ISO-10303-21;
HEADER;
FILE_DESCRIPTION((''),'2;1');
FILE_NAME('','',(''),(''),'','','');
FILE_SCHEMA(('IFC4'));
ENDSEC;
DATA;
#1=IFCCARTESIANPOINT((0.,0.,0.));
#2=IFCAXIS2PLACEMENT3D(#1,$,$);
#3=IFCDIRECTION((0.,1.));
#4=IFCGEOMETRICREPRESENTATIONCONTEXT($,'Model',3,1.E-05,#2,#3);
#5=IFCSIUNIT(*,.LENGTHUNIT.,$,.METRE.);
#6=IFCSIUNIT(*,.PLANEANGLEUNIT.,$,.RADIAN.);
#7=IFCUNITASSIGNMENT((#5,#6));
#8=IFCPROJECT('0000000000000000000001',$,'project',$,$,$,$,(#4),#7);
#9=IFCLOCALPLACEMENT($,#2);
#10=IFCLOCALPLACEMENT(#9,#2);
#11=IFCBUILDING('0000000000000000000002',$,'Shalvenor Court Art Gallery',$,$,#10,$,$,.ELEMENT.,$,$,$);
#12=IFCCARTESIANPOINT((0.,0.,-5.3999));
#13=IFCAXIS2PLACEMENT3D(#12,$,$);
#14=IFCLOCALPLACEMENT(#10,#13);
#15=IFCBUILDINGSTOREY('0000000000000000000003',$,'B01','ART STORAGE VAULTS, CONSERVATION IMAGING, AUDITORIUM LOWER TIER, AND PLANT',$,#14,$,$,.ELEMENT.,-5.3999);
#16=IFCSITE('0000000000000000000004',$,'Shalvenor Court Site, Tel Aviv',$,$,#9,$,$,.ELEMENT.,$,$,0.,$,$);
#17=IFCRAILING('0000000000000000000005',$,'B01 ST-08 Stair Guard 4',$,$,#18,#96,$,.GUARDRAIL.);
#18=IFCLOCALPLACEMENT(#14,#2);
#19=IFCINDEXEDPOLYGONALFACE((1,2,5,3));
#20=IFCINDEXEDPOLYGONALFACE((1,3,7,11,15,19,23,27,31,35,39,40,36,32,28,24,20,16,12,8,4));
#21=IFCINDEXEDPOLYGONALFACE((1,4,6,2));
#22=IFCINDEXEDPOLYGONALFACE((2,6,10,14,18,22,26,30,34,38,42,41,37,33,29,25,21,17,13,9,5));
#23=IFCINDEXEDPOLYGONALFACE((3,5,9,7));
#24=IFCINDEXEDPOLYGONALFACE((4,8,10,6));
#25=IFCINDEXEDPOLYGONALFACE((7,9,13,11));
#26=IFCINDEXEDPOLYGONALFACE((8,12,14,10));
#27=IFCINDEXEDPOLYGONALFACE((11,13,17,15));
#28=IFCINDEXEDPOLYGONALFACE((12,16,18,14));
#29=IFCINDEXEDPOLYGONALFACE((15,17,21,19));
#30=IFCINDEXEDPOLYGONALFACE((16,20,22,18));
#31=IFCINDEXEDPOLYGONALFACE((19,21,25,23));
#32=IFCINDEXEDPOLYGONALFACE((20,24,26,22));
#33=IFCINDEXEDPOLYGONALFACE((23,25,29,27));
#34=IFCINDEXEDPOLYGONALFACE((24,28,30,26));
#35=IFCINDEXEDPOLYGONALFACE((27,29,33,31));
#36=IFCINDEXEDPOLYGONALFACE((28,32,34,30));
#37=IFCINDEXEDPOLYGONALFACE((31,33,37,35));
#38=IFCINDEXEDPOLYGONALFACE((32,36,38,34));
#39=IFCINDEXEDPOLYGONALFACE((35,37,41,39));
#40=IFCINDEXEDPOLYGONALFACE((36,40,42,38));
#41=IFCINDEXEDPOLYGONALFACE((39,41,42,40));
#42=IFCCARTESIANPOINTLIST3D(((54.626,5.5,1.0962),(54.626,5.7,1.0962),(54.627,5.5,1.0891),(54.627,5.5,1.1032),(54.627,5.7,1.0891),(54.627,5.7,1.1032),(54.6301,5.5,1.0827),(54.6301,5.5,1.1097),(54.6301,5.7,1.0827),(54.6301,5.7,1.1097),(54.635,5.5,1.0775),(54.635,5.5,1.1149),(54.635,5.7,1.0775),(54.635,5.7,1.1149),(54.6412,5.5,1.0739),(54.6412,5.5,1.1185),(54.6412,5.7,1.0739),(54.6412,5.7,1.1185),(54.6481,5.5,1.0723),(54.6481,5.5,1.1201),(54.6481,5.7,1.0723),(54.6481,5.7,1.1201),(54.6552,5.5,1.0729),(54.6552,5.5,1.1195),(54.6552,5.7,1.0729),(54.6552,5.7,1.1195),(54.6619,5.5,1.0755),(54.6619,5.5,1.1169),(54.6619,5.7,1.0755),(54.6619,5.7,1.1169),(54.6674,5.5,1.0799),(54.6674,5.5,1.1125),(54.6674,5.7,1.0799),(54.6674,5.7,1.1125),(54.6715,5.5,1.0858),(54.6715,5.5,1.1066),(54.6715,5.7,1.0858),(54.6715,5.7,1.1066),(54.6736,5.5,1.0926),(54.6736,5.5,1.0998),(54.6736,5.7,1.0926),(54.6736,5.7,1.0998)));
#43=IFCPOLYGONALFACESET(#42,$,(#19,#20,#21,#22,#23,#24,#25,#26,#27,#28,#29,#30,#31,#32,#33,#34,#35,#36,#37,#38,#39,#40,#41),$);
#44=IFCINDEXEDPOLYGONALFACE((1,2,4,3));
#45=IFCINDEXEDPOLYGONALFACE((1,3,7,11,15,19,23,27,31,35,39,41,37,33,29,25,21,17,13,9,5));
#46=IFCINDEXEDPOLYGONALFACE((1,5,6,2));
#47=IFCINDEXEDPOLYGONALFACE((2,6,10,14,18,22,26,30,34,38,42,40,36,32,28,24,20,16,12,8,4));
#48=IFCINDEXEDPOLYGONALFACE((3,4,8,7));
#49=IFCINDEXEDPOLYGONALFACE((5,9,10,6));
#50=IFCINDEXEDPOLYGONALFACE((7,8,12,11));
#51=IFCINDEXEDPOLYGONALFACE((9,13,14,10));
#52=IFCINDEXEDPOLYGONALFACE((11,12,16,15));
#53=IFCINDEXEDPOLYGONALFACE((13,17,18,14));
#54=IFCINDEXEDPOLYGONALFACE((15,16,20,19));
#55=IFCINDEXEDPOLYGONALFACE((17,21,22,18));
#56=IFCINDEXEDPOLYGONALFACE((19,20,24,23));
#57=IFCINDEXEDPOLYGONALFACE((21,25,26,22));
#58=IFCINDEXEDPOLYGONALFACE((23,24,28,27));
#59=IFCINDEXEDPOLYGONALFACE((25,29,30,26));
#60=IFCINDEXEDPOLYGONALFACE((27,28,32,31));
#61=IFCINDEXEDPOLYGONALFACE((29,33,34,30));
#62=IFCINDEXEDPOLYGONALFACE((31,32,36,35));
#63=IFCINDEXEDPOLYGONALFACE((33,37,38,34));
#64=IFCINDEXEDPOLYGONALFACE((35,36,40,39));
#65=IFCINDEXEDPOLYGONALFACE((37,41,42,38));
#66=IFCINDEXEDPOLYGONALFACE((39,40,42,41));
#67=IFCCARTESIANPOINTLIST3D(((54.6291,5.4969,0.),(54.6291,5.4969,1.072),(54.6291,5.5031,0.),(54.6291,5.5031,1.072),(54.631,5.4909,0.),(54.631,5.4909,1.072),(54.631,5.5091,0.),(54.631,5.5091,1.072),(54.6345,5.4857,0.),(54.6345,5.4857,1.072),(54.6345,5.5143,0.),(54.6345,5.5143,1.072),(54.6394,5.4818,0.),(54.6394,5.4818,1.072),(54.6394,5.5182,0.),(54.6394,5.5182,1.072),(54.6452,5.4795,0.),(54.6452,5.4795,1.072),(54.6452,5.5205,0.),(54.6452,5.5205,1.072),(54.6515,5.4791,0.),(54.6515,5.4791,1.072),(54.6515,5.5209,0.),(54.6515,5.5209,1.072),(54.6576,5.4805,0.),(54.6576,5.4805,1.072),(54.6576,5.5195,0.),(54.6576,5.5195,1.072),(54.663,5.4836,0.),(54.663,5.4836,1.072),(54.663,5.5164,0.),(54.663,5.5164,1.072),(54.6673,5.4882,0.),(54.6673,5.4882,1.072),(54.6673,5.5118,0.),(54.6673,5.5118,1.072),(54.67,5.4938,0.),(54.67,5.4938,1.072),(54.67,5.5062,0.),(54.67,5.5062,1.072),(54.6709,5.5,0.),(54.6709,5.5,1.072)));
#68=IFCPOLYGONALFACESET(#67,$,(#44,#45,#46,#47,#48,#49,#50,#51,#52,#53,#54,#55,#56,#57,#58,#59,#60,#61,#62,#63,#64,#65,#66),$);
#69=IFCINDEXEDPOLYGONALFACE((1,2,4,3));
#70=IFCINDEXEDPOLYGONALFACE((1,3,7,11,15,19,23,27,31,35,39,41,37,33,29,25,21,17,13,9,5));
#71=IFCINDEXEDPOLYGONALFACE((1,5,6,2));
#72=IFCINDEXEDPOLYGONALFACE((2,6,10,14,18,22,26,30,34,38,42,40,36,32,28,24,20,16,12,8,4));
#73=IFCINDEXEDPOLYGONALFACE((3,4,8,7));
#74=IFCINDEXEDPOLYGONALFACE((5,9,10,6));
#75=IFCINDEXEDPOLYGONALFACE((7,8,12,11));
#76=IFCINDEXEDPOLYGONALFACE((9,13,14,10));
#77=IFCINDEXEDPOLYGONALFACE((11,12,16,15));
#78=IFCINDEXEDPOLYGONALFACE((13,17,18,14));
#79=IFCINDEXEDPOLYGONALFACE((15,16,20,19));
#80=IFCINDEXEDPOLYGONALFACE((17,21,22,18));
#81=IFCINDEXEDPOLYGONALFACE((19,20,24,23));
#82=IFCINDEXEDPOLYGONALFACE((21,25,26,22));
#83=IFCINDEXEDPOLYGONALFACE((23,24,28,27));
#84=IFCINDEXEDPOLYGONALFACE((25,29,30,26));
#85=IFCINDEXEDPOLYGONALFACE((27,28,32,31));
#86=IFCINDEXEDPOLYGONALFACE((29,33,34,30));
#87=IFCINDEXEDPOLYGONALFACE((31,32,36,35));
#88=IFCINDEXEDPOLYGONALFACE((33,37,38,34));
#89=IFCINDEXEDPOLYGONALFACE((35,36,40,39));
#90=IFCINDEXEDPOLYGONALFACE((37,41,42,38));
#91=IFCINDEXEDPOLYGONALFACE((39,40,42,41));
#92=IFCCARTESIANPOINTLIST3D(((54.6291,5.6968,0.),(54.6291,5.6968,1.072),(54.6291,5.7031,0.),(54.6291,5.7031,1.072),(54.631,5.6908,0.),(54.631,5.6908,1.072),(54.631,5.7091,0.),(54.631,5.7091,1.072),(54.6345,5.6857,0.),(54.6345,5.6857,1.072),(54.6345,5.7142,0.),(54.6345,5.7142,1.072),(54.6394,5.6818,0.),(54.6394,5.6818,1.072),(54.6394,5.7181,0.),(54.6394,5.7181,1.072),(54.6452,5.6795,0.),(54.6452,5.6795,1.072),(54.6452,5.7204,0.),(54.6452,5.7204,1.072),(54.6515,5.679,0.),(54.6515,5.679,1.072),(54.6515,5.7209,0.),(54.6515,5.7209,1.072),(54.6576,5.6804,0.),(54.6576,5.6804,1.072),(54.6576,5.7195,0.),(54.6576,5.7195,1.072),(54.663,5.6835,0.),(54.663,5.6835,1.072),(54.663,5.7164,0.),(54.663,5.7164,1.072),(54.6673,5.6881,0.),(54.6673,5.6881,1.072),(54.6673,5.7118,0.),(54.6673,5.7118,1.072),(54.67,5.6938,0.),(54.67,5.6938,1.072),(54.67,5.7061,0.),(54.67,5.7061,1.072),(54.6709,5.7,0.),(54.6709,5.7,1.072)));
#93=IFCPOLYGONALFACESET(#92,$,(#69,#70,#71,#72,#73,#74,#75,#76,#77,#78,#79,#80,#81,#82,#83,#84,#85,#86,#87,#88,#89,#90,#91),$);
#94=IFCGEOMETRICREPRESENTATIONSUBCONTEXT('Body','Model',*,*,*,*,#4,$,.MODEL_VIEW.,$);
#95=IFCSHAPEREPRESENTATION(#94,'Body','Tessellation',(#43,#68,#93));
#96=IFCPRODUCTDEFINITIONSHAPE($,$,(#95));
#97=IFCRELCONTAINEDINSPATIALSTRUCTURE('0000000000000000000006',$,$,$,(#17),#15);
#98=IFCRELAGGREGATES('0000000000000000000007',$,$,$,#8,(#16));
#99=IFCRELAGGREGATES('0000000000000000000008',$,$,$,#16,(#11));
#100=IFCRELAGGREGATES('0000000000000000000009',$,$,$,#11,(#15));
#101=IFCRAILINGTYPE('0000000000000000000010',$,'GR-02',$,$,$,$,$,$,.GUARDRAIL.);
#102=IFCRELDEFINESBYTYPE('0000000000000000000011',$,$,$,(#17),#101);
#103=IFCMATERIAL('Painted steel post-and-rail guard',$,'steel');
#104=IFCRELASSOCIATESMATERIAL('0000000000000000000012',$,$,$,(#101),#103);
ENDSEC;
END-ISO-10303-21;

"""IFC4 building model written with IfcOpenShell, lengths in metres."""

from ifc_helpers import new_model, si_unit, direction, frame, origin, origin_2d, place, context, subcontext, project, spatial, circle, extrude, material, type_object, element, save


model = new_model("IFC4")

# Units and contexts
model_context = context("Model", 3, precision=1e-05, world=origin(), true_north=direction((0.0, 1.0)))
body_context = subcontext(model_context, "Body", "Model", "MODEL_VIEW")
ifc_project = project(units=[si_unit("LENGTHUNIT", "METRE"), si_unit("PLANEANGLEUNIT", "RADIAN")], contexts=[model_context])

# Site, building, storey
site_placement = place(None, origin())
site = spatial("IfcSite", under=ifc_project, at=site_placement, Name="Shalvenor Court Site, Tel Aviv", CompositionType="ELEMENT", RefElevation=0.0)
building_placement = place(site_placement, origin())
building = spatial("IfcBuilding", under=site, at=building_placement, Name="Shalvenor Court Art Gallery", CompositionType="ELEMENT")
storey_placement = place(building_placement, frame((0.0, 0.0, -5.3999)))
storey = spatial("IfcBuildingStorey", under=building, at=storey_placement, Name="B01", Description="ART STORAGE VAULTS, CONSERVATION IMAGING, AUDITORIUM LOWER TIER, AND PLANT", CompositionType="ELEMENT", Elevation=-5.3999)

# Railing
ifc_material_1 = material(Name="Painted steel post-and-rail guard", Category="steel")
railing_type_1 = type_object("IfcRailingType", Name="GR-02", PredefinedType="GUARDRAIL", material=ifc_material_1)
railing_1_placement = place(storey_placement, frame((54.6499, 5.5, 0.0)))
element("IfcRailing", 1, at=railing_1_placement, inside=storey, type_object=railing_type_1, Name="B01 ST-08 Stair Guard 4", PredefinedType="GUARDRAIL", context=body_context, shape_type="SweptSolid", body=[
    extrude(circle(Radius=0.0239, at=origin_2d()), frame((0.0, 0.0, 1.0962), z_axis=(0.0, 1.0, 0.0), x_axis=(-1.0, 0.0, 0.0)), (0.0, 0.0, 1.0), 0.2),
    extrude(circle(Radius=0.021, at=origin_2d()), origin(), (0.0, 0.0, 1.0), 1.072),
    extrude(circle(Radius=0.021, at=origin_2d()), frame((0.0, 0.2, 0.0)), (0.0, 0.0, 1.0), 1.072),
])

save(model, "model.ifc")
